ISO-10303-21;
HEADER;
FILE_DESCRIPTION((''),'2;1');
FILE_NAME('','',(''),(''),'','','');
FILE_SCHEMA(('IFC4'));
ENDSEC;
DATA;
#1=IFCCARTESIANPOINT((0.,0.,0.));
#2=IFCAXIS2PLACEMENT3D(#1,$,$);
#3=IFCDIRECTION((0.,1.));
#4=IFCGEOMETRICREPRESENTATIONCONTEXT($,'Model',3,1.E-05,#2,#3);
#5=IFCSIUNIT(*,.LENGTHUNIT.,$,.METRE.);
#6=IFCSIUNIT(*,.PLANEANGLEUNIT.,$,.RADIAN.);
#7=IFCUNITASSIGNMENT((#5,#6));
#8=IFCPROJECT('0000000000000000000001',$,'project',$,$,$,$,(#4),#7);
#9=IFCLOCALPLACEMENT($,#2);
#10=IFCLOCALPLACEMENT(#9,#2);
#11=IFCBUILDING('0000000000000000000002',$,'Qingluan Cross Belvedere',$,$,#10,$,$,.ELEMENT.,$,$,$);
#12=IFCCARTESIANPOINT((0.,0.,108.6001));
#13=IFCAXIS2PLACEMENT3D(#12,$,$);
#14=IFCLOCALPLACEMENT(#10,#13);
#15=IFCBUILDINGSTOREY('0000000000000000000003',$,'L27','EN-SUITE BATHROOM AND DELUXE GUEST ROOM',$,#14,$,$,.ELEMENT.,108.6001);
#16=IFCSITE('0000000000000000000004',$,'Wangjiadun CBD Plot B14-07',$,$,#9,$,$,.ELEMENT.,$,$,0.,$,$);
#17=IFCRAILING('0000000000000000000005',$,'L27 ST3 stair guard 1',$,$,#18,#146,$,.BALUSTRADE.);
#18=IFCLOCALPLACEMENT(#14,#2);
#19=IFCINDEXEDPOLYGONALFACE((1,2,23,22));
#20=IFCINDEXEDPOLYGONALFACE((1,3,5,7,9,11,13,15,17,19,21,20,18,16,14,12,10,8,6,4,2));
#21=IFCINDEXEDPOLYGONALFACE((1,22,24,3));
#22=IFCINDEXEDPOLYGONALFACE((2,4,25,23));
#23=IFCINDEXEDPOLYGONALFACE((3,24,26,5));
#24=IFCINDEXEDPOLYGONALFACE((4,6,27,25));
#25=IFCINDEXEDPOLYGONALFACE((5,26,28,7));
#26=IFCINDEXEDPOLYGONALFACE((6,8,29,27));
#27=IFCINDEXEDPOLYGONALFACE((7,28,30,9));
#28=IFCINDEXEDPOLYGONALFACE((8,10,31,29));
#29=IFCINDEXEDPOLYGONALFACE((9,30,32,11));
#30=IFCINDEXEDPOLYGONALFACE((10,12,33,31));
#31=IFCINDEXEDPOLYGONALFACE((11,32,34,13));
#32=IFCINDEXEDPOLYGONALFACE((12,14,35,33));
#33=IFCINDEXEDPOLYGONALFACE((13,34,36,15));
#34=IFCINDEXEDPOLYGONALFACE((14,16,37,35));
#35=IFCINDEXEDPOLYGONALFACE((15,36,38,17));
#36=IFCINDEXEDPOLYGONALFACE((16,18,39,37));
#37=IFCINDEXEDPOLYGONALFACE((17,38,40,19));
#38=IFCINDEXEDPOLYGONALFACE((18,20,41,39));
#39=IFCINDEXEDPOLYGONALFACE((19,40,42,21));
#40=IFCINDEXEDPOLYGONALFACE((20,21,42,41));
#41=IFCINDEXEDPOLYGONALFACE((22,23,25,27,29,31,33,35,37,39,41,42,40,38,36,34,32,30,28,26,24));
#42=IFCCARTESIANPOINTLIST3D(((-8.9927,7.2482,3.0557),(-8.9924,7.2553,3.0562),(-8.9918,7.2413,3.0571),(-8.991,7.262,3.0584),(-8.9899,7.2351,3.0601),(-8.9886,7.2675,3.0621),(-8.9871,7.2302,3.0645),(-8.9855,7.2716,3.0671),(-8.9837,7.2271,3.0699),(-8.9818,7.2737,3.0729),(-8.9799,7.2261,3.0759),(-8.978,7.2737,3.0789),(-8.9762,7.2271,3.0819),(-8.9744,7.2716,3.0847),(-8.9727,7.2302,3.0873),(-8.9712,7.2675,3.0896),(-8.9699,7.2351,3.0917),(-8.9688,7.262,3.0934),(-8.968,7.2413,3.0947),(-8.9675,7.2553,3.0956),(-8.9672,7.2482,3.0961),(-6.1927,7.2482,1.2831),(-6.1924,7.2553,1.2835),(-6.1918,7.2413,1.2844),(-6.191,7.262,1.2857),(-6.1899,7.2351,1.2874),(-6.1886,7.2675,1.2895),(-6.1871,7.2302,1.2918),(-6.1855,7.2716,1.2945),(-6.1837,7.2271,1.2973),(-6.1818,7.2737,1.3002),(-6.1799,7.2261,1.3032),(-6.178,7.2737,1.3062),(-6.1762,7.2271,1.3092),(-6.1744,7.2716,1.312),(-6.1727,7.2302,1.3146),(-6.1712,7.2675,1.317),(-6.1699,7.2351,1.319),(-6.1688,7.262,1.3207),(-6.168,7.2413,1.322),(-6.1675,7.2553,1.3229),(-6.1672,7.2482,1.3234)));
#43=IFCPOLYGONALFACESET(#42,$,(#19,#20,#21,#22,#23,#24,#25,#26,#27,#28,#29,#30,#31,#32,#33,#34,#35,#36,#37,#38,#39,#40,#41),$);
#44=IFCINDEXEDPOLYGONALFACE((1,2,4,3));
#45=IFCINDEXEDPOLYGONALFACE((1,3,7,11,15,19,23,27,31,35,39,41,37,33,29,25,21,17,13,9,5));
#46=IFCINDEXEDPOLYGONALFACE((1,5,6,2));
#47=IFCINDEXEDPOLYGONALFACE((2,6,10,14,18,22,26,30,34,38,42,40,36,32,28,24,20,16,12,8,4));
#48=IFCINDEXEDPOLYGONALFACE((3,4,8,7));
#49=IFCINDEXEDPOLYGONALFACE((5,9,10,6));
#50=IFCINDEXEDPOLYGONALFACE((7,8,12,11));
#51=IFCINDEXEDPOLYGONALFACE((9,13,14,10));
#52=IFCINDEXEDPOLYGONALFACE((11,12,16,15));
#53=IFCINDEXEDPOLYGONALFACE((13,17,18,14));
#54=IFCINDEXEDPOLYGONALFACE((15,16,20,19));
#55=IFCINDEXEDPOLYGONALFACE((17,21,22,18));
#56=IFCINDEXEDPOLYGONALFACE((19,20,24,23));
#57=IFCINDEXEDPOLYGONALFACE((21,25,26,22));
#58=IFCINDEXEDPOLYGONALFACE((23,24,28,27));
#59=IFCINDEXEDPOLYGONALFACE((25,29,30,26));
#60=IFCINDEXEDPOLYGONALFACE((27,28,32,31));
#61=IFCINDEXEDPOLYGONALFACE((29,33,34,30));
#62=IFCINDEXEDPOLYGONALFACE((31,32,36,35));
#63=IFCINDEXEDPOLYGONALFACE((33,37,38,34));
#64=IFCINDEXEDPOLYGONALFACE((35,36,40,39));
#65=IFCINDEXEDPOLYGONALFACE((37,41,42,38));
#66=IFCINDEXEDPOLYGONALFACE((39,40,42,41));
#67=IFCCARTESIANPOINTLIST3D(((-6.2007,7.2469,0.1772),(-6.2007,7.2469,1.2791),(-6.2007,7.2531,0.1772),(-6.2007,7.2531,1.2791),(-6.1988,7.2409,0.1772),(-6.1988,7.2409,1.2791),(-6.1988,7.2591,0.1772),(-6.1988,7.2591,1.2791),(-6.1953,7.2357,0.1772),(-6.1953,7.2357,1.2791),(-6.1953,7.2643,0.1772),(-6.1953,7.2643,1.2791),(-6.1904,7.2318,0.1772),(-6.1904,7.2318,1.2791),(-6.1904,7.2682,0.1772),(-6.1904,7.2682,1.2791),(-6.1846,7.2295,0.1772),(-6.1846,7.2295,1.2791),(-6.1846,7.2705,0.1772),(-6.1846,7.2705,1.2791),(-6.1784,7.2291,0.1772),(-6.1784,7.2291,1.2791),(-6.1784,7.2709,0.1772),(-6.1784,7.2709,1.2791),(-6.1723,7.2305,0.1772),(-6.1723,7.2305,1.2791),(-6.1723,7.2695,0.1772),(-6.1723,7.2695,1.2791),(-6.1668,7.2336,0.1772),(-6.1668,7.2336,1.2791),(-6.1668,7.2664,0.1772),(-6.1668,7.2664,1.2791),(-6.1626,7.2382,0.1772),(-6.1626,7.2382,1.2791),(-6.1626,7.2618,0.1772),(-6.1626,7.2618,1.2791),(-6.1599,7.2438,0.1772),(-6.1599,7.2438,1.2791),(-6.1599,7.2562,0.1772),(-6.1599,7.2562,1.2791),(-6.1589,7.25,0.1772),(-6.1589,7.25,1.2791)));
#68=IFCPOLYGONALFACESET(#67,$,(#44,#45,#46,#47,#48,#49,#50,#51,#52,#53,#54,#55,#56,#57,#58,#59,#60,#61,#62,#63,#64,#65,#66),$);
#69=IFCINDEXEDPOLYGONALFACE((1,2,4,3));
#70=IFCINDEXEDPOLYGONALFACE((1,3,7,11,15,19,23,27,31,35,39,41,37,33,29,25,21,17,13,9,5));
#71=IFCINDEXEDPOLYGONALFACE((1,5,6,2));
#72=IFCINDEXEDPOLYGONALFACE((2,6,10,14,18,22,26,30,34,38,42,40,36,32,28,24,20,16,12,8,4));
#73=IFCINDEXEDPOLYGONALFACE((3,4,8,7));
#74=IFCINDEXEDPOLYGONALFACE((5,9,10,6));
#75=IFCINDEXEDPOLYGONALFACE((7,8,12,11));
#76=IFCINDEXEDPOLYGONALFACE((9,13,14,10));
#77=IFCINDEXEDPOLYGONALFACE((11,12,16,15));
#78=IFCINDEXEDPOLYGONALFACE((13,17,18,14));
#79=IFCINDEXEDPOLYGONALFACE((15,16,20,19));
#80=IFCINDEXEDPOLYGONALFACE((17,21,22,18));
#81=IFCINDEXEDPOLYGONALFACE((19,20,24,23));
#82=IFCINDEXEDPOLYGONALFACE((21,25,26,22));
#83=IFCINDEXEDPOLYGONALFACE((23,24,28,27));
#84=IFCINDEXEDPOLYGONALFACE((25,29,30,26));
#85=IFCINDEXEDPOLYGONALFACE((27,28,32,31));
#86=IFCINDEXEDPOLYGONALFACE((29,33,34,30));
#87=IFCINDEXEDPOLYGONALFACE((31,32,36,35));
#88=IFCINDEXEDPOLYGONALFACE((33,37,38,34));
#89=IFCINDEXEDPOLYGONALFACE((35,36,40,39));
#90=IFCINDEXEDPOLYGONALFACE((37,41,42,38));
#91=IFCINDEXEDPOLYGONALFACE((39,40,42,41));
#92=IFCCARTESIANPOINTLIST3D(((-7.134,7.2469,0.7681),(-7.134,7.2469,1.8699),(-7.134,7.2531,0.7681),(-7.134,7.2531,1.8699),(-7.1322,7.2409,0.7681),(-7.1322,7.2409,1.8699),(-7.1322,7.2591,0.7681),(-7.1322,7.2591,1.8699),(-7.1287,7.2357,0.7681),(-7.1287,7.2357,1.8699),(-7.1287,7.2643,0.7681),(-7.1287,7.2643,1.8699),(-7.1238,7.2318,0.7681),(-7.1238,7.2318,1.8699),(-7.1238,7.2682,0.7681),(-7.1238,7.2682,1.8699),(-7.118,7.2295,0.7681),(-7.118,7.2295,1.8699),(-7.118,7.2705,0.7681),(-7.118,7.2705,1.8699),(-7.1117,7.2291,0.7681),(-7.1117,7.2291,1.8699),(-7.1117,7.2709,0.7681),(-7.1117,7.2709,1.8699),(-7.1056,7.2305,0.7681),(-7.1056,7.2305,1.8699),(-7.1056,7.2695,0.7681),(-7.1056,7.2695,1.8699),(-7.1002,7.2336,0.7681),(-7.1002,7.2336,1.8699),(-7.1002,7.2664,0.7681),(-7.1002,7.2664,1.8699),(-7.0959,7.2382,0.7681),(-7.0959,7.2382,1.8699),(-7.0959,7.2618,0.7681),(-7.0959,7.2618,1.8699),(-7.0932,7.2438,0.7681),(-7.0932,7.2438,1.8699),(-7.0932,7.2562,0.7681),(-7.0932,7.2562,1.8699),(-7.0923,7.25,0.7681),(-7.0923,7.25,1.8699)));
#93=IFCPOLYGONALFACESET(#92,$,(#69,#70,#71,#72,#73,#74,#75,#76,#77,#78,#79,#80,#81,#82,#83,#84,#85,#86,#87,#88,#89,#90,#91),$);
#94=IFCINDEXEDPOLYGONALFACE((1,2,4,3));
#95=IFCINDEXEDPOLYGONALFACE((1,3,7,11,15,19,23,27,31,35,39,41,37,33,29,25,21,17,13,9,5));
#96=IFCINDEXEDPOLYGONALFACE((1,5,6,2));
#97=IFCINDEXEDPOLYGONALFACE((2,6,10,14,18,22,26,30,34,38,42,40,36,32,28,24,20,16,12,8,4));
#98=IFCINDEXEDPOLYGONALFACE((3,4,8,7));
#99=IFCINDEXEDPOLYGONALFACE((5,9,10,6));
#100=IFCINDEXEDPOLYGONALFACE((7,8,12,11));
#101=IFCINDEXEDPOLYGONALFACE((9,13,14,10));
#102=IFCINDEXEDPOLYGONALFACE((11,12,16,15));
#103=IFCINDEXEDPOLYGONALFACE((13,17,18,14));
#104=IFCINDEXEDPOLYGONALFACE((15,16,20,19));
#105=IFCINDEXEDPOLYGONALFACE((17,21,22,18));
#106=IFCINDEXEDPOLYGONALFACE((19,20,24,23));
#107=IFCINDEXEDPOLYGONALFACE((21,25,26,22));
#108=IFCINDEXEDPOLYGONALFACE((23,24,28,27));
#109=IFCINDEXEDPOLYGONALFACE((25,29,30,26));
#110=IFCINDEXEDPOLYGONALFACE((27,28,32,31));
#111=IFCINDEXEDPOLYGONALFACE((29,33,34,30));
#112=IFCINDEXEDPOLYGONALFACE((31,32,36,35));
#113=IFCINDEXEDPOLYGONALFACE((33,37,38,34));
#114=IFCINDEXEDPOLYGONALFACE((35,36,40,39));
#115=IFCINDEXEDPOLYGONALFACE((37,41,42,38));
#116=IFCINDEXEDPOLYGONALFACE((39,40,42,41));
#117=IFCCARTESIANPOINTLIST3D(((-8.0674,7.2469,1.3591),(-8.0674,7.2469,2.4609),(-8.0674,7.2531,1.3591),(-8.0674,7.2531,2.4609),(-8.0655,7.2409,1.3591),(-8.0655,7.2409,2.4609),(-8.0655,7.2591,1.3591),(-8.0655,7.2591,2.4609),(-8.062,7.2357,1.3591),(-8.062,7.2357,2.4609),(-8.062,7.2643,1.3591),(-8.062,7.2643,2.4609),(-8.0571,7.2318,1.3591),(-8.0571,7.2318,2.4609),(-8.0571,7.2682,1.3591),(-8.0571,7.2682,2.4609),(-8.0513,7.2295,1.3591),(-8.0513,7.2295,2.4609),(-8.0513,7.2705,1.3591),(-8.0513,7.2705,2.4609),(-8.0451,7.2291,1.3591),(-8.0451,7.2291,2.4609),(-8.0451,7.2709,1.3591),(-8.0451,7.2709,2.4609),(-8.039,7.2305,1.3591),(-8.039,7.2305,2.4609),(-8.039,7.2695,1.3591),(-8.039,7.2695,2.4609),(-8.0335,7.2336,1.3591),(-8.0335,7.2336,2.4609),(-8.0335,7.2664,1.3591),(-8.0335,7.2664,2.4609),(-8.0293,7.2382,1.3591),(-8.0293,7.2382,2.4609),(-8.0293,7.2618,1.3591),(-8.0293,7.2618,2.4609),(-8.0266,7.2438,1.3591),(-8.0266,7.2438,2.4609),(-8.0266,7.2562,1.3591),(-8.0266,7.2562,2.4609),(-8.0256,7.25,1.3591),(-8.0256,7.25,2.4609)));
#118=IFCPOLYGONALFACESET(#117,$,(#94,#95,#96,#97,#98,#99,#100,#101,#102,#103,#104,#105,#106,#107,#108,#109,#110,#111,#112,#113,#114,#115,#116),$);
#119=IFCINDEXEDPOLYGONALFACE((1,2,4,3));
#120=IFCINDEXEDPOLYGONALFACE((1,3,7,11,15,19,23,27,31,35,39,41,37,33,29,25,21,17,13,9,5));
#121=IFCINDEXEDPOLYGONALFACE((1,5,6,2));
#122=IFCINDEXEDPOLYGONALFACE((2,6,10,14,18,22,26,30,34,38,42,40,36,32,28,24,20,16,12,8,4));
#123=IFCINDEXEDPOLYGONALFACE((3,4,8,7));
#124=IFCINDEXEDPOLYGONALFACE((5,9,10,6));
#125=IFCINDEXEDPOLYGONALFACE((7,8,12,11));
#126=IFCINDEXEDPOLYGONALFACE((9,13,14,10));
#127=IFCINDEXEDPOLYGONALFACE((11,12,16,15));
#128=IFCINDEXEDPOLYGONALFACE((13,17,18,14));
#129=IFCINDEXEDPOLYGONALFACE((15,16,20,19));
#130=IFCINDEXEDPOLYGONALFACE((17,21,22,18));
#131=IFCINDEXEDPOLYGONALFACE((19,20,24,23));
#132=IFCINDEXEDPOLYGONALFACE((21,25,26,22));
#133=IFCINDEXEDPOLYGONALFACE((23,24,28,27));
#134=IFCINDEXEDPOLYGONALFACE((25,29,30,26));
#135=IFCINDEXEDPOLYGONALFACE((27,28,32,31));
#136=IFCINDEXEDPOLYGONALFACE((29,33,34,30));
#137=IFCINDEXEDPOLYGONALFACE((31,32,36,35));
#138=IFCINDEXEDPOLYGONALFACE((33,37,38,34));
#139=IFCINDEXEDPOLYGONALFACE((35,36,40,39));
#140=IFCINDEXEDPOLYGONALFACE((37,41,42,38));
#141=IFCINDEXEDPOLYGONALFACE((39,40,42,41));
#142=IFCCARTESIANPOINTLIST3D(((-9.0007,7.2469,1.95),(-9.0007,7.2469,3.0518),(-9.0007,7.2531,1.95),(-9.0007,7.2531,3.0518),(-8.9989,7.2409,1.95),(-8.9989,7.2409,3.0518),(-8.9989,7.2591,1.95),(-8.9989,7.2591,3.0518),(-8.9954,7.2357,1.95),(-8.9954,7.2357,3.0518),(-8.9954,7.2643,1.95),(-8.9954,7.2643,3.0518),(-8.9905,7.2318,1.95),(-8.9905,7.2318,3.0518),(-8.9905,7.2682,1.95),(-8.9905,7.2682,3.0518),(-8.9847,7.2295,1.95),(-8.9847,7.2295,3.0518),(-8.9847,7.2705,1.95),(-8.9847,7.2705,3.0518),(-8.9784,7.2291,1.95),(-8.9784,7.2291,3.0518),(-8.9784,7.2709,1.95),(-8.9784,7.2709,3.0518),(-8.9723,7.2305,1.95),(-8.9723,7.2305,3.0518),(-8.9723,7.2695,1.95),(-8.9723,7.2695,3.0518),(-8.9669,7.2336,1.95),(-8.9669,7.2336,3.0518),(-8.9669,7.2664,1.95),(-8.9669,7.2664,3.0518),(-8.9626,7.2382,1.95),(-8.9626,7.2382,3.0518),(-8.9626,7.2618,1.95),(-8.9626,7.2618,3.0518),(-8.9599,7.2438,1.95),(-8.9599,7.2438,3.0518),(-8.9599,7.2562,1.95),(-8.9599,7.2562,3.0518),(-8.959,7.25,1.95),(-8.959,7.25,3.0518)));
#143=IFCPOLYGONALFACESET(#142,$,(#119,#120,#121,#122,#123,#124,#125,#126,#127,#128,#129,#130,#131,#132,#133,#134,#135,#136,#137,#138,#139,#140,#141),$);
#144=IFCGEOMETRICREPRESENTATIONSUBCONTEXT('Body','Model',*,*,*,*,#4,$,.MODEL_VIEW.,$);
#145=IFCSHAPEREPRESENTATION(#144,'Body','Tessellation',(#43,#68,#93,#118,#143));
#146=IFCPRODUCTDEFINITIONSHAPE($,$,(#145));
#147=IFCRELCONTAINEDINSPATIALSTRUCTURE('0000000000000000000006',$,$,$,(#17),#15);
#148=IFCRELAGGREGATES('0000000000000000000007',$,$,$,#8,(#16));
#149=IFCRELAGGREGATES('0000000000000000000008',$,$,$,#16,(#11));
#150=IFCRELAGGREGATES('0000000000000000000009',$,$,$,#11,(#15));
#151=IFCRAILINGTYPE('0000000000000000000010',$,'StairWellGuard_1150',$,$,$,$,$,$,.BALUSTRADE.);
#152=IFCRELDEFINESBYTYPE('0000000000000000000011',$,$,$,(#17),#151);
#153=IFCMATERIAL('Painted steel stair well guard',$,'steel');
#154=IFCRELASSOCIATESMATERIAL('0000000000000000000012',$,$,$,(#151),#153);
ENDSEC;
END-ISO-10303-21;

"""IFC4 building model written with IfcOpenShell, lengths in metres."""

from ifc_helpers import new_model, si_unit, direction, frame, origin, origin_2d, place, context, subcontext, project, spatial, circle, extrude, material, type_object, element, save


model = new_model("IFC4")

# Units and contexts
model_context = context("Model", 3, precision=1e-05, world=origin(), true_north=direction((0.0, 1.0)))
body_context = subcontext(model_context, "Body", "Model", "MODEL_VIEW")
ifc_project = project(units=[si_unit("LENGTHUNIT", "METRE"), si_unit("PLANEANGLEUNIT", "RADIAN")], contexts=[model_context])

# Site, building, storey
site_placement = place(None, origin())
site = spatial("IfcSite", under=ifc_project, at=site_placement, Name="Wangjiadun CBD Plot B14-07", CompositionType="ELEMENT", RefElevation=0.0)
building_placement = place(site_placement, origin())
building = spatial("IfcBuilding", under=site, at=building_placement, Name="Qingluan Cross Belvedere", CompositionType="ELEMENT")
storey_placement = place(building_placement, frame((0.0, 0.0, 108.6001)))
storey = spatial("IfcBuildingStorey", under=building, at=storey_placement, Name="L27", Description="EN-SUITE BATHROOM AND DELUXE GUEST ROOM", CompositionType="ELEMENT", Elevation=108.6001)

# Railing
ifc_material_1 = material(Name="Painted steel stair well guard", Category="steel")
railing_type_1 = type_object("IfcRailingType", Name="StairWellGuard_1150", PredefinedType="BALUSTRADE", material=ifc_material_1)
railing_1_placement = place(storey_placement, frame((-6.1799, 7.25, 0.1772)))
element("IfcRailing", 1, at=railing_1_placement, inside=storey, type_object=railing_type_1, Name="L27 ST3 stair guard 1", PredefinedType="BALUSTRADE", context=body_context, shape_type="SweptSolid", body=[
    extrude(circle(Radius=0.0239, at=origin_2d()), frame((0.0, 0.0, 1.126), z_axis=(-0.844909, 0.0, 0.53491), x_axis=(0.0, -1.0, 0.0)), (0.0, 0.0, 1.0), 3.314),
    extrude(circle(Radius=0.021, at=origin_2d()), origin(), (0.0, 0.0, 1.0), 1.1018),
    extrude(circle(Radius=0.021, at=origin_2d()), frame((-0.9333, 0.0, 0.5908)), (0.0, 0.0, 1.0), 1.1018),
    extrude(circle(Radius=0.021, at=origin_2d()), frame((-1.8667, 0.0, 1.1819)), (0.0, 0.0, 1.0), 1.1018),
    extrude(circle(Radius=0.021, at=origin_2d()), frame((-2.8, 0.0, 1.7727)), (0.0, 0.0, 1.0), 1.1018),
])

save(model, "model.ifc")
